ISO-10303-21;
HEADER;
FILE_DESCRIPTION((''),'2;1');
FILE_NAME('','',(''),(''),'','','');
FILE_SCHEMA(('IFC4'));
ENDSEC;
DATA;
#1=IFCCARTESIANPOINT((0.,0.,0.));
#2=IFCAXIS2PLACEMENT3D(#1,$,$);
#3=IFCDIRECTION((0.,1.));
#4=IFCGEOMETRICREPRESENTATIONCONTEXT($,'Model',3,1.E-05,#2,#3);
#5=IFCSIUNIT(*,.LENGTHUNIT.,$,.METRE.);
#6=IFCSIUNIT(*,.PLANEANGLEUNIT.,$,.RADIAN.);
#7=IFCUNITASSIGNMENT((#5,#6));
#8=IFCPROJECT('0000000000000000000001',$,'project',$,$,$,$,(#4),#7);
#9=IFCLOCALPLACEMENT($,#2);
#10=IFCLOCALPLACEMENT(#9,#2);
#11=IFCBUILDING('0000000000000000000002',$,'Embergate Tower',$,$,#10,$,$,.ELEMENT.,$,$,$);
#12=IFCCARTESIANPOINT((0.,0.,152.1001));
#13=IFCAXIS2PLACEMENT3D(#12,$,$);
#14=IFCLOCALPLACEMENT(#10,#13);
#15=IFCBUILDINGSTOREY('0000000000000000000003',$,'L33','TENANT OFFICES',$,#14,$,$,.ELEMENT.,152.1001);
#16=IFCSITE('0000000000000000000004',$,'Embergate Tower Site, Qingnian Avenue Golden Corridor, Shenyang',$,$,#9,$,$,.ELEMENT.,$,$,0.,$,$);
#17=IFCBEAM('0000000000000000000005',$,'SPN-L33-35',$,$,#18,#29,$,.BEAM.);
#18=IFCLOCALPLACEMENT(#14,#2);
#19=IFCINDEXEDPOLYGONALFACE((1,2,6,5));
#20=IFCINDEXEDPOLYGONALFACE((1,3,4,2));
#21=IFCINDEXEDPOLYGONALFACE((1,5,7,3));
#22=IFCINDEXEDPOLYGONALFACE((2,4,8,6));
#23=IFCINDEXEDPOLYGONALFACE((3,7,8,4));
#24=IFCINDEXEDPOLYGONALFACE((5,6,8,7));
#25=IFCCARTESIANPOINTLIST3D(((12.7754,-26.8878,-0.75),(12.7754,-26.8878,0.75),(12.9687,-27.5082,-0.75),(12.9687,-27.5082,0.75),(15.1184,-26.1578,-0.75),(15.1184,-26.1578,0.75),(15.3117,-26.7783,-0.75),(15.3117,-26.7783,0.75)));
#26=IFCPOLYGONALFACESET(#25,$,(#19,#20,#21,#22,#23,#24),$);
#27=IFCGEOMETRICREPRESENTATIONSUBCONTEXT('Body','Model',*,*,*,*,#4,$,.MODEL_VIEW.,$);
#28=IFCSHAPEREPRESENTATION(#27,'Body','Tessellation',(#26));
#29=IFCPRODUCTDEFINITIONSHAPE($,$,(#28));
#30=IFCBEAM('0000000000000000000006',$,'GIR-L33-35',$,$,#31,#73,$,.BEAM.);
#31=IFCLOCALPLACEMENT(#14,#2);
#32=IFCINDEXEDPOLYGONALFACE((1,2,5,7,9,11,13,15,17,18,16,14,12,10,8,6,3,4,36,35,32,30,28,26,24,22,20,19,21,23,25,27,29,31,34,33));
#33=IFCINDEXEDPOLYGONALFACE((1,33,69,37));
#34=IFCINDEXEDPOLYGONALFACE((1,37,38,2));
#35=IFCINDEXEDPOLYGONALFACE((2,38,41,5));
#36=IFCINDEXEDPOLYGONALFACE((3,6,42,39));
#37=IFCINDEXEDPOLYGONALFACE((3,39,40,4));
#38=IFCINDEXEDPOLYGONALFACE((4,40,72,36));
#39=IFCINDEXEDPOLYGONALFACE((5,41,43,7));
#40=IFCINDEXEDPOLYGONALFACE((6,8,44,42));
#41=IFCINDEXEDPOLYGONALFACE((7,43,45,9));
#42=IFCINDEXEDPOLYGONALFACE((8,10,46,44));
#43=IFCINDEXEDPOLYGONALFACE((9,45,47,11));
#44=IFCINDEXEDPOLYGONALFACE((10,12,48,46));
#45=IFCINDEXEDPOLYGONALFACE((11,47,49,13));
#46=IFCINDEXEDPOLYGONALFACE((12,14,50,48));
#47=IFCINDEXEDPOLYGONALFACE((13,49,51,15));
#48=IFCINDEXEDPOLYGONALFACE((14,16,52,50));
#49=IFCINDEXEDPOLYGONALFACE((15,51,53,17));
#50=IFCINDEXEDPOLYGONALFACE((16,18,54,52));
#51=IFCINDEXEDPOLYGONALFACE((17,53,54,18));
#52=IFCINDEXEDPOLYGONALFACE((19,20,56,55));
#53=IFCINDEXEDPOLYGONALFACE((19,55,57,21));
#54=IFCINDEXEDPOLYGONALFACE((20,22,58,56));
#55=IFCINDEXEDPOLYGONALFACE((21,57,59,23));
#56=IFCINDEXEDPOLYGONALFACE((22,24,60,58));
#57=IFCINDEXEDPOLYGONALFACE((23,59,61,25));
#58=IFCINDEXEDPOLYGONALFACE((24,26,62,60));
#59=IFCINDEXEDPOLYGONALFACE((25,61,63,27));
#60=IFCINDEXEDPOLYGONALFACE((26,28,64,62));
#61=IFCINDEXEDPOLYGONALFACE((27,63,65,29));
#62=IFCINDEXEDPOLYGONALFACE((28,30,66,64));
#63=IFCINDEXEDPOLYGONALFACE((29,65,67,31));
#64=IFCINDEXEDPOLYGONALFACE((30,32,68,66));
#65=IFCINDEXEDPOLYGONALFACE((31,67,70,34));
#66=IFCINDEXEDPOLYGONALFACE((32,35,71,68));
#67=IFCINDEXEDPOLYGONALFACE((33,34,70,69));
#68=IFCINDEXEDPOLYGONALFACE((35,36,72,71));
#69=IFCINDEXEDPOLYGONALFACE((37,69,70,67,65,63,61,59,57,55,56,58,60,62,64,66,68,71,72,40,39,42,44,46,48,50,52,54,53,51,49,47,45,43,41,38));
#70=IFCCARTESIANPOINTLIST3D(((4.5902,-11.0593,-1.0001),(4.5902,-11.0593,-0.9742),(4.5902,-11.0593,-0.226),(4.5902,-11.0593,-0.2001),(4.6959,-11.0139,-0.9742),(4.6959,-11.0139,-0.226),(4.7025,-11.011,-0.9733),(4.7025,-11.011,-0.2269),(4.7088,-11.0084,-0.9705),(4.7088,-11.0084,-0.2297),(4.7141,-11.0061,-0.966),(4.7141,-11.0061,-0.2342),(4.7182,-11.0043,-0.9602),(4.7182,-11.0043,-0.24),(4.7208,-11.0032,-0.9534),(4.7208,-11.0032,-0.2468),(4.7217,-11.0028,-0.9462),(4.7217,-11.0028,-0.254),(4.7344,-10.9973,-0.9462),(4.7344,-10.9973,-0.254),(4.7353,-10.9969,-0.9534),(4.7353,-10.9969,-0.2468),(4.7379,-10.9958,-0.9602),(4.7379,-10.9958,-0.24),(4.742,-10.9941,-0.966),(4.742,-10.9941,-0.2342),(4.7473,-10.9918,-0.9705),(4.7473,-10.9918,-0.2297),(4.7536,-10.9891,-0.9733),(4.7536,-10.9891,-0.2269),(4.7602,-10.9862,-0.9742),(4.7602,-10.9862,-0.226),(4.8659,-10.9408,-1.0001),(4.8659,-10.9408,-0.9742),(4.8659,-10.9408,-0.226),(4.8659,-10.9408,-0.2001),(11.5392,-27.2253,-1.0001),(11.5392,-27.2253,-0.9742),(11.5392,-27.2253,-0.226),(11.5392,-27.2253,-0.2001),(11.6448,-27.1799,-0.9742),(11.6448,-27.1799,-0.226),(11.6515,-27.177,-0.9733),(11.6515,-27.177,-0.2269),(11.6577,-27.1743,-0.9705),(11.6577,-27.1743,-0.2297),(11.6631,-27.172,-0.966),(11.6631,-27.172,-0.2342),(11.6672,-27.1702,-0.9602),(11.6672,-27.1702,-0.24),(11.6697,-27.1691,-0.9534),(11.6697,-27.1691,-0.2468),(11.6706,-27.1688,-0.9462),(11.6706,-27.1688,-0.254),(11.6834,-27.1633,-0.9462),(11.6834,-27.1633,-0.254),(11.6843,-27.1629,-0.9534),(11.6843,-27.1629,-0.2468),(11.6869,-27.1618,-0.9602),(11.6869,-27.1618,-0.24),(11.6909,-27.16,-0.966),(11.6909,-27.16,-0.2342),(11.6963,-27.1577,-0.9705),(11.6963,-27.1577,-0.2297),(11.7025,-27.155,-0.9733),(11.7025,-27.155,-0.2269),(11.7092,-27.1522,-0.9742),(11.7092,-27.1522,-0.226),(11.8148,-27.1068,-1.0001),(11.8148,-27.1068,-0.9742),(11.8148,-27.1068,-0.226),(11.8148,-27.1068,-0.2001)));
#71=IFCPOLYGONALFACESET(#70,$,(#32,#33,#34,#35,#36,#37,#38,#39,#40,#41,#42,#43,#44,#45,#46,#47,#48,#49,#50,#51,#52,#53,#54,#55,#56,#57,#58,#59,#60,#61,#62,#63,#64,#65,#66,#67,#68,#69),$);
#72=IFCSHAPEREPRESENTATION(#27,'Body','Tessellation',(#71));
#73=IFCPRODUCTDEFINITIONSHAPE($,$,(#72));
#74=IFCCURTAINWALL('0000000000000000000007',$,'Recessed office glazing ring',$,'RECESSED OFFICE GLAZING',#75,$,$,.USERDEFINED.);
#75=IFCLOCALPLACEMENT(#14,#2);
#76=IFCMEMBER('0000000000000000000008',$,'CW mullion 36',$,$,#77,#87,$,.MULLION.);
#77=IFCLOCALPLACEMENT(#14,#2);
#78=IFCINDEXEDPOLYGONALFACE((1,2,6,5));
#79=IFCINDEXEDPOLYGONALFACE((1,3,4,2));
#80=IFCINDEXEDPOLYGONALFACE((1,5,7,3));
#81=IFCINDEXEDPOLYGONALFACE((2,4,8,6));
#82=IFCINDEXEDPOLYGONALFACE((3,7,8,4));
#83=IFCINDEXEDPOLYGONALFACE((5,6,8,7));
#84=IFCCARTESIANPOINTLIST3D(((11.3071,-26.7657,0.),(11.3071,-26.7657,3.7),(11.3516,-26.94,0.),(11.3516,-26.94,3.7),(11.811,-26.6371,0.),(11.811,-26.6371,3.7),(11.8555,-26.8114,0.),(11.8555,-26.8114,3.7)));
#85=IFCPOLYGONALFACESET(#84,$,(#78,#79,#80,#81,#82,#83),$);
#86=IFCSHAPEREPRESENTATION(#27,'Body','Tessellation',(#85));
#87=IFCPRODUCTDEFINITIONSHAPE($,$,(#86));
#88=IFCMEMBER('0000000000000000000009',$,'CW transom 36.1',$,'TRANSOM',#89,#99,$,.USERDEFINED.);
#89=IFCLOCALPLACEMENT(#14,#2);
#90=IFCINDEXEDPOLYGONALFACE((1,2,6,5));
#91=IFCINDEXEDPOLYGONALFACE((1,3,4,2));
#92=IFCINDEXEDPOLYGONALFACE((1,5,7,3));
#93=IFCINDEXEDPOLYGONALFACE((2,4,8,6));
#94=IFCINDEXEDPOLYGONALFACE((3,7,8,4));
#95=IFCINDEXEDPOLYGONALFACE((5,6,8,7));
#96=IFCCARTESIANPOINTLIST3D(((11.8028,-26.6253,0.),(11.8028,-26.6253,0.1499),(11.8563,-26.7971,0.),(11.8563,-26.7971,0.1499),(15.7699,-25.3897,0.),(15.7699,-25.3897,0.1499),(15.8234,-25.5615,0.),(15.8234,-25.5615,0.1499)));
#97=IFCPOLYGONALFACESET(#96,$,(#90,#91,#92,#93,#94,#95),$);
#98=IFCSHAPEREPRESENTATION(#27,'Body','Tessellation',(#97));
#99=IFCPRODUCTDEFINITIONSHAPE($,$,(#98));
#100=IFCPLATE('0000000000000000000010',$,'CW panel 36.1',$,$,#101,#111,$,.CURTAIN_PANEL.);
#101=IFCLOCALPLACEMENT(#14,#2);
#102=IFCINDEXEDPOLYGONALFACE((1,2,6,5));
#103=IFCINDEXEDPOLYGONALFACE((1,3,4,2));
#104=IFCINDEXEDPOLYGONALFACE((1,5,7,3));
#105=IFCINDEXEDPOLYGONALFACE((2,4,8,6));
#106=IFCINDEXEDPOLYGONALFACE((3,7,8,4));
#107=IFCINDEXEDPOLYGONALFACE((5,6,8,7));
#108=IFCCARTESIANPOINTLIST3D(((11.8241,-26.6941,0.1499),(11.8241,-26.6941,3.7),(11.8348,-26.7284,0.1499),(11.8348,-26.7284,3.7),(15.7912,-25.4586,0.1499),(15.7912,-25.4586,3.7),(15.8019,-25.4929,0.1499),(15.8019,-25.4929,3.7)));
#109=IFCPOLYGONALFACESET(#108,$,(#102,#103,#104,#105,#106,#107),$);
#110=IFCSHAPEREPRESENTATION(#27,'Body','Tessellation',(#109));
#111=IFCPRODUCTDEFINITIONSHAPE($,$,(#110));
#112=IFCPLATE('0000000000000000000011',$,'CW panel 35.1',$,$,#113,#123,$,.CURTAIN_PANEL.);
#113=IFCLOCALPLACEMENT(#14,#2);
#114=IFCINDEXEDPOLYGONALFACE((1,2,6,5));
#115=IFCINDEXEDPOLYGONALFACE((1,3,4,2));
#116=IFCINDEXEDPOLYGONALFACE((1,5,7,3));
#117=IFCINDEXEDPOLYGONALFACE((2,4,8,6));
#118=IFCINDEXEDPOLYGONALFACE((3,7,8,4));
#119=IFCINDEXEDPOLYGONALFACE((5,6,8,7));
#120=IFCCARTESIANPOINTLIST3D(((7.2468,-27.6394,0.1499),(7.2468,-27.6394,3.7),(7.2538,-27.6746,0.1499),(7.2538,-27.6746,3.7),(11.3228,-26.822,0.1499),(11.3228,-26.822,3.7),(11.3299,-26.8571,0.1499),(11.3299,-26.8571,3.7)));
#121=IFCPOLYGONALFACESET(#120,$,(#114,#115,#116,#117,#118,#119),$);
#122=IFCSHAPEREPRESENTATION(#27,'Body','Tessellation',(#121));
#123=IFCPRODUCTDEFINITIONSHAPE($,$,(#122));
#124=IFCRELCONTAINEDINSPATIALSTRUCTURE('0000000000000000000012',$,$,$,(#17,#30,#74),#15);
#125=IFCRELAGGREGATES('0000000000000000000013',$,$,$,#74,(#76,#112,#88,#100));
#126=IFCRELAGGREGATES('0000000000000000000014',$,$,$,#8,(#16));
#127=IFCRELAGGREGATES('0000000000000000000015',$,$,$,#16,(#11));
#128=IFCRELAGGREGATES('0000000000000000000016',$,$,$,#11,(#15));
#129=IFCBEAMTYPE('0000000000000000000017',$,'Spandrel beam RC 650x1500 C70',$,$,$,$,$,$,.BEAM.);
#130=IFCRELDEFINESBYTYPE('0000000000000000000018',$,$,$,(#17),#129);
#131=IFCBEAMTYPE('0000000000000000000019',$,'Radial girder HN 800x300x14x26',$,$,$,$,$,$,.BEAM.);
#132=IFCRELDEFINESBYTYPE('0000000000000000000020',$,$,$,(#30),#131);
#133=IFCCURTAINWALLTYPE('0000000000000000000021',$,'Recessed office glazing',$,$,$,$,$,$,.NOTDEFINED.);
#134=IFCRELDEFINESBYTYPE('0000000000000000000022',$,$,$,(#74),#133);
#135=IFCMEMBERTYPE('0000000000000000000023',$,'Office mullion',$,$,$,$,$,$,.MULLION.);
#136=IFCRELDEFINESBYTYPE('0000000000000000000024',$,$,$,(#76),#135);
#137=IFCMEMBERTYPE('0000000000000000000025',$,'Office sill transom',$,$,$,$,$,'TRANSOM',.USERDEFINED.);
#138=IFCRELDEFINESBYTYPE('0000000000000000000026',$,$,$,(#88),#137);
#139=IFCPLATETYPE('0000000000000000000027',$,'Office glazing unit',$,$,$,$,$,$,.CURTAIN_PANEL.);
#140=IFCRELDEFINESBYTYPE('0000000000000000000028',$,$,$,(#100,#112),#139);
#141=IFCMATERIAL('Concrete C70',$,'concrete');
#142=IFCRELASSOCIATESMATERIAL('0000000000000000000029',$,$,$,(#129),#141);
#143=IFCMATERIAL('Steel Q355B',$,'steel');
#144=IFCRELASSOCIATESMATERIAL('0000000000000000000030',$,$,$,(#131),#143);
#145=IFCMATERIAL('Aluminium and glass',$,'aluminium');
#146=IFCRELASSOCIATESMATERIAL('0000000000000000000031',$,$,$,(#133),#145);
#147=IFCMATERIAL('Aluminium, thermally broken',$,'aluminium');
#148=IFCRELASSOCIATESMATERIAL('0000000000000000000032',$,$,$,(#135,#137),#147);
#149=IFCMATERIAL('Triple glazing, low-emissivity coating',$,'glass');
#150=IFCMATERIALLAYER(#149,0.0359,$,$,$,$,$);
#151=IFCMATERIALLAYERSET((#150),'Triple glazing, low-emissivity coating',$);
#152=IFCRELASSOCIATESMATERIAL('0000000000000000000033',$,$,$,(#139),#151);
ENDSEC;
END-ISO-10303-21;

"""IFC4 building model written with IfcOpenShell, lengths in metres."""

from ifc_helpers import new_model, si_unit, direction, frame, origin, origin_2d, place, context, subcontext, project, spatial, rectangle, i_section, extrude, source, transform, mapped, material, layer, layer_set, material_profile, profile_set, type_object, element, aggregate, save


model = new_model("IFC4")

# Units and contexts
model_context = context("Model", 3, precision=1e-05, world=origin(), true_north=direction((0.0, 1.0)))
body_context = subcontext(model_context, "Body", "Model", "MODEL_VIEW")
ifc_project = project(units=[si_unit("LENGTHUNIT", "METRE"), si_unit("PLANEANGLEUNIT", "RADIAN")], contexts=[model_context])

# Site, building, storey
site_placement = place(None, origin())
site = spatial("IfcSite", under=ifc_project, at=site_placement, Name="Embergate Tower Site, Qingnian Avenue Golden Corridor, Shenyang", CompositionType="ELEMENT", RefElevation=0.0)
building_placement = place(site_placement, origin())
building = spatial("IfcBuilding", under=site, at=building_placement, Name="Embergate Tower", CompositionType="ELEMENT")
storey_placement = place(building_placement, frame((0.0, 0.0, 152.1001)))
storey = spatial("IfcBuildingStorey", under=building, at=storey_placement, Name="L33", Description="TENANT OFFICES", CompositionType="ELEMENT", Elevation=152.1001)

# Beams
ifc_material_1 = material(Name="Concrete C70", Category="concrete")
ifc_material_profile_1 = material_profile(ifc_material_1, rectangle(XDim=0.6499, YDim=1.5, at=origin_2d()), Name="RC 650x1500")
ifc_profile_set_1 = profile_set([ifc_material_profile_1], Name="Concrete C70")
beam_type_1 = type_object("IfcBeamType", Name="Spandrel beam RC 650x1500 C70", PredefinedType="BEAM", material=ifc_profile_set_1)
shared_shape_1 = source(origin(), body_context, "Body", "SweptSolid", [
    extrude(rectangle(XDim=0.6499, YDim=1.5, at=origin_2d()), origin(), (0.0, 0.0, 1.0), 2.4541),
])
beam_1_placement = place(storey_placement, frame((12.8721, -27.198, 0.0), z_axis=(0.954736, 0.297454, 0.0), x_axis=(-0.297454, 0.954736, 0.0)))
element("IfcBeam", 1, at=beam_1_placement, inside=storey, type_object=beam_type_1, Name="SPN-L33-35", PredefinedType="BEAM", context=body_context, shape_type="MappedRepresentation", body=[
    mapped(shared_shape_1, transform((0.0, 0.0, 0.0))),
])
ifc_material_2 = material(Name="Steel Q355B", Category="steel")
ifc_material_profile_2 = material_profile(ifc_material_2, i_section(OverallWidth=0.3, OverallDepth=0.8, WebThickness=0.0139, FlangeThickness=0.0259, FilletRadius=0.0281, at=origin_2d()), Name="HN 800x300x14x26")
ifc_profile_set_2 = profile_set([ifc_material_profile_2], Name="Steel Q355 grade B")
beam_type_2 = type_object("IfcBeamType", Name="Radial girder HN 800x300x14x26", PredefinedType="BEAM", material=ifc_profile_set_2)
shared_shape_2 = source(origin(), body_context, "Body", "SweptSolid", [
    extrude(i_section(OverallWidth=0.3, OverallDepth=0.8, WebThickness=0.0139, FlangeThickness=0.0259, FilletRadius=0.0281, at=origin_2d()), origin(), (0.0, 0.0, 1.0), 17.5962),
])
beam_2_placement = place(storey_placement, frame((11.677, -27.166, -0.6001), z_axis=(-0.394912, 0.918719, 0.0), x_axis=(-0.918719, -0.394912, 0.0)))
element("IfcBeam", 2, at=beam_2_placement, inside=storey, type_object=beam_type_2, Name="GIR-L33-35", PredefinedType="BEAM", context=body_context, shape_type="MappedRepresentation", body=[
    mapped(shared_shape_2, transform((0.0, 0.0, 0.0))),
])

# Curtain wall, members, plates
ifc_material_3 = material(Name="Aluminium and glass", Category="aluminium")
curtain_wall_type = type_object("IfcCurtainWallType", Name="Recessed office glazing", PredefinedType="NOTDEFINED", material=ifc_material_3)
curtain_wall_placement = place(storey_placement, origin())
curtain_wall = element("IfcCurtainWall", 3, at=curtain_wall_placement, inside=storey, type_object=curtain_wall_type, Name="Recessed office glazing ring", ObjectType="RECESSED OFFICE GLAZING", PredefinedType="USERDEFINED")
ifc_material_4 = material(Name="Aluminium, thermally broken", Category="aluminium")
ifc_material_profile_3 = material_profile(ifc_material_4, rectangle(XDim=0.1799, YDim=0.52, at=origin_2d()), Name="AL 520x180")
ifc_profile_set_3 = profile_set([ifc_material_profile_3], Name="Aluminium, thermally broken")
member_type_1 = type_object("IfcMemberType", Name="Office mullion", PredefinedType="MULLION", material=ifc_profile_set_3)
shared_shape_3 = source(origin(), body_context, "Body", "SweptSolid", [
    extrude(rectangle(XDim=0.1799, YDim=0.52, at=origin_2d()), origin(), (0.0, 0.0, 1.0), 3.7),
])
member_1_placement = place(storey_placement, frame((11.5813, -26.7886, 0.0), z_axis=(0.0, 0.0, 1.0), x_axis=(-0.247312, 0.968936, 0.0)))
member_1 = element("IfcMember", 4, at=member_1_placement, type_object=member_type_1, Name="CW mullion 36", PredefinedType="MULLION", context=body_context, shape_type="MappedRepresentation", body=[
    mapped(shared_shape_3, transform((0.0, 0.0, 0.0))),
])
ifc_material_profile_4 = material_profile(ifc_material_4, rectangle(XDim=0.1799, YDim=0.1499, at=origin_2d()), Name="AL 150x180")
ifc_profile_set_4 = profile_set([ifc_material_profile_4], Name="Aluminium, thermally broken")
member_type_2 = type_object("IfcMemberType", Name="Office sill transom", ElementType="TRANSOM", PredefinedType="USERDEFINED", material=ifc_profile_set_4)
shared_shape_4 = source(origin(), body_context, "Body", "SweptSolid", [
    extrude(rectangle(XDim=0.1799, YDim=0.1499, at=origin_2d()), origin(), (0.0, 0.0, 1.0), 4.155),
])
member_2_placement = place(storey_placement, frame((11.8296, -26.7112, 0.075), z_axis=(0.954761, 0.297375, 0.0), x_axis=(-0.297375, 0.954761, 0.0)))
member_2 = element("IfcMember", 5, at=member_2_placement, type_object=member_type_2, Name="CW transom 36.1", ObjectType="TRANSOM", PredefinedType="USERDEFINED", context=body_context, shape_type="MappedRepresentation", body=[
    mapped(shared_shape_4, transform((0.0, 0.0, 0.0))),
])
ifc_material_5 = material(Name="Triple glazing, low-emissivity coating", Category="glass")
ifc_layer_1 = layer(ifc_material_5, 0.0359)
ifc_layer_set_1 = layer_set([ifc_layer_1], Name="Triple glazing, low-emissivity coating")
plate_type = type_object("IfcPlateType", Name="Office glazing unit", PredefinedType="CURTAIN_PANEL", material=ifc_layer_set_1)
shared_shape_5 = source(origin(), body_context, "Body", "SweptSolid", [
    extrude(rectangle(XDim=4.155, YDim=0.0359, at=origin_2d()), origin(), (0.0, 0.0, 1.0), 3.55),
])
plate_1_placement = place(storey_placement, frame((13.813, -26.0935, 0.1499), z_axis=(0.0, 0.0, 1.0), x_axis=(0.954772, 0.297338, 0.0)))
plate_1 = element("IfcPlate", 6, at=plate_1_placement, type_object=plate_type, Name="CW panel 36.1", PredefinedType="CURTAIN_PANEL", context=body_context, shape_type="MappedRepresentation", body=[
    mapped(shared_shape_5, transform((0.0, 0.0, 0.0))),
])
shared_shape_6 = source(origin(), body_context, "Body", "SweptSolid", [
    extrude(rectangle(XDim=4.1572, YDim=0.0359, at=origin_2d()), origin(), (0.0, 0.0, 1.0), 3.55),
])
plate_2_placement = place(storey_placement, frame((9.2883, -27.2483, 0.1499), z_axis=(0.0, 0.0, 1.0), x_axis=(0.980476, 0.196639, 0.0)))
plate_2 = element("IfcPlate", 7, at=plate_2_placement, type_object=plate_type, Name="CW panel 35.1", PredefinedType="CURTAIN_PANEL", context=body_context, shape_type="MappedRepresentation", body=[
    mapped(shared_shape_6, transform((0.0, 0.0, 0.0))),
])
aggregate(curtain_wall, [member_1, plate_2, member_2, plate_1])

save(model, "model.ifc")
